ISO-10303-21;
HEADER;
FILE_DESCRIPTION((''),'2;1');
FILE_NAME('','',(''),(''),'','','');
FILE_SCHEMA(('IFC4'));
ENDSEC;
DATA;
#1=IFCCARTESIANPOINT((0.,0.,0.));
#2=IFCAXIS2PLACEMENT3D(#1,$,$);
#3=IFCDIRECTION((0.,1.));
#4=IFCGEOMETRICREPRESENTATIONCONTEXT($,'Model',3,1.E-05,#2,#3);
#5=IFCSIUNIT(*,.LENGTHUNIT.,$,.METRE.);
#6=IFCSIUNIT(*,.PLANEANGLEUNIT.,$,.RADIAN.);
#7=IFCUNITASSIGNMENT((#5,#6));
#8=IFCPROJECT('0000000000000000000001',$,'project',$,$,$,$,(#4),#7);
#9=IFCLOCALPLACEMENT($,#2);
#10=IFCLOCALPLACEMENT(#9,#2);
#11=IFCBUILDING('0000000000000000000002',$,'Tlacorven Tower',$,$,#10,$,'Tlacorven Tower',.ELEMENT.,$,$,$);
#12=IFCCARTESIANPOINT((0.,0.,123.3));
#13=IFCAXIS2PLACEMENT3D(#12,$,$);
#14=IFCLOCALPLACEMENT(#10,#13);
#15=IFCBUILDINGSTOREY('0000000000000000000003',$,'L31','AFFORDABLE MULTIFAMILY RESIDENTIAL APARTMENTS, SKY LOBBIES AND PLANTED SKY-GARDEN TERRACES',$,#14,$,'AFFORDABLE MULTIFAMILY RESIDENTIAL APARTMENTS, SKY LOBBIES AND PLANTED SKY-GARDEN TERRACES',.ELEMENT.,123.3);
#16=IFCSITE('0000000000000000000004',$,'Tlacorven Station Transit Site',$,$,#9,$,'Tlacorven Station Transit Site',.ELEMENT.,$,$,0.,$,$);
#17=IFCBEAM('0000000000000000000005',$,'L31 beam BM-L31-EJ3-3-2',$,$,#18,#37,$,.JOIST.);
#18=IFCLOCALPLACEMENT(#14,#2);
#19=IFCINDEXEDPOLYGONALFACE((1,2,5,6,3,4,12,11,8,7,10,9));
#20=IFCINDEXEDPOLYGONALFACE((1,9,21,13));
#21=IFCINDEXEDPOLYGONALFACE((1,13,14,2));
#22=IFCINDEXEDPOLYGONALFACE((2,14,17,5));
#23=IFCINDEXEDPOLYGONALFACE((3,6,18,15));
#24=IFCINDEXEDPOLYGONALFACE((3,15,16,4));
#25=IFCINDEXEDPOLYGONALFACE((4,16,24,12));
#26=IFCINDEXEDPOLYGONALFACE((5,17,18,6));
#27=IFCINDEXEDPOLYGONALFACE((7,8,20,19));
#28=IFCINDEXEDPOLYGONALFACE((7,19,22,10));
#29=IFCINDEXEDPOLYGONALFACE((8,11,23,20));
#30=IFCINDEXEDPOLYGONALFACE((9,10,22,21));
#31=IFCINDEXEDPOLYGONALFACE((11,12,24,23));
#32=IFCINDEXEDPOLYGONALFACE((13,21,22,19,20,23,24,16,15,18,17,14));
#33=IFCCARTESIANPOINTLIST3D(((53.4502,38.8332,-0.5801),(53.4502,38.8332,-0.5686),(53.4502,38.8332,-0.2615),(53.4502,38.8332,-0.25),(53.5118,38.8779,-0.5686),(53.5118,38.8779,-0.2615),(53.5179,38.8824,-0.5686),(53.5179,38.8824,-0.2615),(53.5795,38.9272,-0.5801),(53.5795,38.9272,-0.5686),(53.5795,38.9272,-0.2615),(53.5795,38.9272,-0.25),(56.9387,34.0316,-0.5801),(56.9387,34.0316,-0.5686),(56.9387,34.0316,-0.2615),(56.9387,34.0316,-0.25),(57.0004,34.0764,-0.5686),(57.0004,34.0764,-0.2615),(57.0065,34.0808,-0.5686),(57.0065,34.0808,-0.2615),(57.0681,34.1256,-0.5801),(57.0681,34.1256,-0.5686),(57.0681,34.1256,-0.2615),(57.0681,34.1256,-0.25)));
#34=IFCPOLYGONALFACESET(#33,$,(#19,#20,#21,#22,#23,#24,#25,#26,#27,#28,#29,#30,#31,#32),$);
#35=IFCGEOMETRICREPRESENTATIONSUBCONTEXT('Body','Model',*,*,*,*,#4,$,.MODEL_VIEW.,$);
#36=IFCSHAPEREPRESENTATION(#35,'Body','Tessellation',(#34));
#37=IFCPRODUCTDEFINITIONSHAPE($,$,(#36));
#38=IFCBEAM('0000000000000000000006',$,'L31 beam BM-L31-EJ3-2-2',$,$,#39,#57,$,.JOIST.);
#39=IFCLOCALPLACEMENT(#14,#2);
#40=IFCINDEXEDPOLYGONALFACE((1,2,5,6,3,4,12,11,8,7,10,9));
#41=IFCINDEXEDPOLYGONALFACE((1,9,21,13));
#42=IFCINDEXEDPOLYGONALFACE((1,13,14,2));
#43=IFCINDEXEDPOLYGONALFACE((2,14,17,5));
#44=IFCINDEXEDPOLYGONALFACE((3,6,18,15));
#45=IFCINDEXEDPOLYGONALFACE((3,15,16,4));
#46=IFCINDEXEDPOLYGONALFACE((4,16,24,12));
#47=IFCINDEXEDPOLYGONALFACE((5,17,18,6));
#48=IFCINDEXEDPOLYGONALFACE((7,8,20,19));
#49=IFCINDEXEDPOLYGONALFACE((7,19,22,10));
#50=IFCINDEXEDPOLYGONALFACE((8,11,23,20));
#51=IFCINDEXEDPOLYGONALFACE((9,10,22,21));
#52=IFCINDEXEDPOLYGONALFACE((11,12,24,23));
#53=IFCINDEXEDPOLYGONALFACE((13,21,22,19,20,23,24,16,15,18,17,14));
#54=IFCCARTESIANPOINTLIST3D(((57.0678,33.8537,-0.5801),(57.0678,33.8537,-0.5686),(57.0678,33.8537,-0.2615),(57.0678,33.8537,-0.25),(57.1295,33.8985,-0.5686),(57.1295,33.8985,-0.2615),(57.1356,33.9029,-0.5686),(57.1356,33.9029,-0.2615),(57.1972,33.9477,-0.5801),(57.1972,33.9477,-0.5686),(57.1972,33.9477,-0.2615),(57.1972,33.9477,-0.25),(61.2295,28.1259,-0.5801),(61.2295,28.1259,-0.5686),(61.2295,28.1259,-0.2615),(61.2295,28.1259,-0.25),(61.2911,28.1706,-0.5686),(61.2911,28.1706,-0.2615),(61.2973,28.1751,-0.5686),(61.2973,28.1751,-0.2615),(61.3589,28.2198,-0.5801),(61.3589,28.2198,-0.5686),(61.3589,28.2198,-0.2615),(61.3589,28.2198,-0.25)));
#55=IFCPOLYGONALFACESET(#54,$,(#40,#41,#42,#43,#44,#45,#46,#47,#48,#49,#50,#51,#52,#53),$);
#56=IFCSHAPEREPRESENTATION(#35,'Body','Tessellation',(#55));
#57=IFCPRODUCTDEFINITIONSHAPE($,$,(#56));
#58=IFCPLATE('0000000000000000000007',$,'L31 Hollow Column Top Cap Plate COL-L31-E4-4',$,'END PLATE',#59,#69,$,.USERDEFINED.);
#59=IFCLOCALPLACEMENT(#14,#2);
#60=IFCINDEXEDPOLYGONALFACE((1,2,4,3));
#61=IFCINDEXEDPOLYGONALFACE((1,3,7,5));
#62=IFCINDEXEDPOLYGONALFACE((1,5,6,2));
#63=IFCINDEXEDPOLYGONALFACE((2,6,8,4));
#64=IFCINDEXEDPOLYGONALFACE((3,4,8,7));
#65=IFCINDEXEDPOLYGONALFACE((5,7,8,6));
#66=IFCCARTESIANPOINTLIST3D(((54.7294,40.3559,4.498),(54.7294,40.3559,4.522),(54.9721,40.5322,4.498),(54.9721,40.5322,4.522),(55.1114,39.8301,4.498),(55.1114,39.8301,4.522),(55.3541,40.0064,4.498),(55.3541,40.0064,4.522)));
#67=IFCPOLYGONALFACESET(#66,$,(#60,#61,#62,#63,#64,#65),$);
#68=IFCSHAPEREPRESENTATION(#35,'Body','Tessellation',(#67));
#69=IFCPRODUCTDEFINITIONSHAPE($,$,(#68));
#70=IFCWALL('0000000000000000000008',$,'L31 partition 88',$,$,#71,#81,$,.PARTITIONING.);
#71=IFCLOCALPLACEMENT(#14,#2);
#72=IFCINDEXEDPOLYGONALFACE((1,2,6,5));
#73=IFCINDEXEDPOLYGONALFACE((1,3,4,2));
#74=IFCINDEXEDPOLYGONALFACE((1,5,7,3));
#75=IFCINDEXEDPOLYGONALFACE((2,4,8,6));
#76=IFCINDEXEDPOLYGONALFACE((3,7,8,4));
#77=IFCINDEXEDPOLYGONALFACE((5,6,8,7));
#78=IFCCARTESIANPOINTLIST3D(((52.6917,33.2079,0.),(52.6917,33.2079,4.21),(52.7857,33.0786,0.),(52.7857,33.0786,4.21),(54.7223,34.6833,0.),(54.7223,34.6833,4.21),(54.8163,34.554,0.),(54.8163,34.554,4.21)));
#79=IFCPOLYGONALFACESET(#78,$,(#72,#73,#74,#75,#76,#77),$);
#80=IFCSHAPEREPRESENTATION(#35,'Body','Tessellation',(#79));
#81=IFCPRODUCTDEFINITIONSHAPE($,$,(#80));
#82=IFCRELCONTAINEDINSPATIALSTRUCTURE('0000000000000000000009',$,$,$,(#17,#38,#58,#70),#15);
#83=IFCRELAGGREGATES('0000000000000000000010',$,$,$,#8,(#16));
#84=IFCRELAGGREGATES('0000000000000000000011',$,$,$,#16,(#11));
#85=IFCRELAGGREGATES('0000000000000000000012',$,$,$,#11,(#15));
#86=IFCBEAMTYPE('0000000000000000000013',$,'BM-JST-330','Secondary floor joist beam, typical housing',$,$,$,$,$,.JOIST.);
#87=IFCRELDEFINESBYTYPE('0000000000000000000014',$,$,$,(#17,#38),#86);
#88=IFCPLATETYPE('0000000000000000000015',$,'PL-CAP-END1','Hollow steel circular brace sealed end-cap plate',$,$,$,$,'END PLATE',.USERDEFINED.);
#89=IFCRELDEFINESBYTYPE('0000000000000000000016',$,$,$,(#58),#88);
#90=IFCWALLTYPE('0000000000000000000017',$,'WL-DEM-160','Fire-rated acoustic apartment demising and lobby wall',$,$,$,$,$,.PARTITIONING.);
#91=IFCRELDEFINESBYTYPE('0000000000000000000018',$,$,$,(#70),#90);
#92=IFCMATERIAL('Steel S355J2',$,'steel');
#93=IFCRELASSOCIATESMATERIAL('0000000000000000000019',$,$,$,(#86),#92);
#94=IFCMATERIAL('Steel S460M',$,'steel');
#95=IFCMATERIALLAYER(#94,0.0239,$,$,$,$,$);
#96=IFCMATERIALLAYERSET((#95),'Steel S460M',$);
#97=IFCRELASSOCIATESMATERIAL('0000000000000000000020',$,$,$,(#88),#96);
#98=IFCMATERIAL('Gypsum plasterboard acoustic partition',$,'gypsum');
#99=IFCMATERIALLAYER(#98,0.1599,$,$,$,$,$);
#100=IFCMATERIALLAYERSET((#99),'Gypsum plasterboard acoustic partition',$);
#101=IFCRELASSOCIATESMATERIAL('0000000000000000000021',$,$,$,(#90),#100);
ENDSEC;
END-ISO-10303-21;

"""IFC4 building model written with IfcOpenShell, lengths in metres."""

from ifc_helpers import new_model, si_unit, direction, frame, frame_2d, origin, origin_2d, place, context, subcontext, project, spatial, rectangle, i_section, extrude, source, transform, mapped, material, layer, layer_set, material_profile, profile_set, type_object, element, save


model = new_model("IFC4")

# Units and contexts
model_context = context("Model", 3, precision=1e-05, world=origin(), true_north=direction((0.0, 1.0)))
body_context = subcontext(model_context, "Body", "Model", "MODEL_VIEW")
ifc_project = project(units=[si_unit("LENGTHUNIT", "METRE"), si_unit("PLANEANGLEUNIT", "RADIAN")], contexts=[model_context])

# Site, building, storey
site_placement = place(None, origin())
site = spatial("IfcSite", under=ifc_project, at=site_placement, Name="Tlacorven Station Transit Site", LongName="Tlacorven Station Transit Site", CompositionType="ELEMENT", RefElevation=0.0)
building_placement = place(site_placement, origin())
building = spatial("IfcBuilding", under=site, at=building_placement, Name="Tlacorven Tower", LongName="Tlacorven Tower", CompositionType="ELEMENT")
storey_placement = place(building_placement, frame((0.0, 0.0, 123.3)))
storey = spatial("IfcBuildingStorey", under=building, at=storey_placement, Name="L31", Description="AFFORDABLE MULTIFAMILY RESIDENTIAL APARTMENTS, SKY LOBBIES AND PLANTED SKY-GARDEN TERRACES", LongName="AFFORDABLE MULTIFAMILY RESIDENTIAL APARTMENTS, SKY LOBBIES AND PLANTED SKY-GARDEN TERRACES", CompositionType="ELEMENT", Elevation=123.3)

# Shared definitions
ifc_material_1 = material(Name="Steel S460M", Category="steel")

# Beams
ifc_material_2 = material(Name="Steel S355J2", Category="steel")
ifc_material_profile_1 = material_profile(ifc_material_2, i_section(OverallWidth=0.1599, OverallDepth=0.3301, WebThickness=0.0076, FlangeThickness=0.0115, at=origin_2d()), Name="IPE 330")
ifc_profile_set_1 = profile_set([ifc_material_profile_1], Name="Steel S355J2")
beam_type_1 = type_object("IfcBeamType", Name="BM-JST-330", Description="Secondary floor joist beam, typical housing", PredefinedType="JOIST", material=ifc_profile_set_1)
shared_shape_1 = source(origin(), body_context, "Body", "SweptSolid", [
    extrude(i_section(OverallWidth=0.1599, OverallDepth=0.3301, WebThickness=0.0076, FlangeThickness=0.0115, at=origin_2d()), origin(), (0.0, 0.0, 1.0), 5.9351),
])
for number, where, z_axis, x_axis, name in (
    (1, (57.0034, 34.0786, -0.415), (-0.587788, 0.809015, 0.0), (-0.809015, -0.587788, 0.0), "L31 beam BM-L31-EJ3-3-2"),
):
    element("IfcBeam", number, at=place(storey_placement, frame(where, z_axis=z_axis, x_axis=x_axis)), inside=storey, type_object=beam_type_1, Name=name, PredefinedType="JOIST", context=body_context, shape_type="MappedRepresentation", body=[
        mapped(shared_shape_1, transform((0.0, 0.0, 0.0), scale=1.0)),
    ])
shared_shape_2 = source(origin(), body_context, "Body", "SweptSolid", [
    extrude(i_section(OverallWidth=0.1599, OverallDepth=0.3301, WebThickness=0.0076, FlangeThickness=0.0115, at=origin_2d()), origin(), (0.0, 0.0, 1.0), 7.0801),
])
beam_1_placement = place(storey_placement, frame((61.2942, 28.1729, -0.415), z_axis=(-0.587798, 0.809007, 0.0), x_axis=(-0.809007, -0.587798, 0.0)))
element("IfcBeam", 2, at=beam_1_placement, inside=storey, type_object=beam_type_1, Name="L31 beam BM-L31-EJ3-2-2", PredefinedType="JOIST", context=body_context, shape_type="MappedRepresentation", body=[
    mapped(shared_shape_2, transform((0.0, 0.0, 0.0), scale=1.0)),
])

# Plate
ifc_layer_1 = layer(ifc_material_1, 0.0239)
ifc_layer_set_1 = layer_set([ifc_layer_1], Name="Steel S460M")
plate_type = type_object("IfcPlateType", Name="PL-CAP-END1", Description="Hollow steel circular brace sealed end-cap plate", ElementType="END PLATE", PredefinedType="USERDEFINED", material=ifc_layer_set_1)
shared_shape_3 = source(origin(), body_context, "Body", "SweptSolid", [
    extrude(rectangle(XDim=0.3, YDim=0.6499, at=origin_2d()), origin(), (0.0, 0.0, 1.0), 0.0239),
])
plate_placement = place(storey_placement, frame((55.0417, 40.1812, 4.498), z_axis=(0.0, 0.0, 1.0), x_axis=(0.809017, 0.587785, 0.0)))
element("IfcPlate", 3, at=plate_placement, inside=storey, type_object=plate_type, Name="L31 Hollow Column Top Cap Plate COL-L31-E4-4", ObjectType="END PLATE", PredefinedType="USERDEFINED", context=body_context, shape_type="MappedRepresentation", body=[
    mapped(shared_shape_3, transform((0.0, 0.0, 0.0), scale=1.0)),
])

# Wall
ifc_material_3 = material(Name="Gypsum plasterboard acoustic partition", Category="gypsum")
ifc_layer_2 = layer(ifc_material_3, 0.1599)
ifc_layer_set_2 = layer_set([ifc_layer_2], Name="Gypsum plasterboard acoustic partition")
wall_type_1 = type_object("IfcWallType", Name="WL-DEM-160", Description="Fire-rated acoustic apartment demising and lobby wall", PredefinedType="PARTITIONING", material=ifc_layer_set_2)
wall_1_placement = place(storey_placement, frame((52.7388, 33.1433, 0.0), z_axis=(0.0, 0.0, 1.0), x_axis=(0.809001, 0.587807, 0.0)))
element("IfcWall", 4, at=wall_1_placement, inside=storey, type_object=wall_type_1, Name="L31 partition 88", PredefinedType="PARTITIONING", context=body_context, shape_type="SweptSolid", body=[
    extrude(rectangle(XDim=2.51, YDim=0.1599, at=frame_2d((1.2549, 0.0))), origin(), (0.0, 0.0, 1.0), 4.21),
])

save(model, "model.ifc")
